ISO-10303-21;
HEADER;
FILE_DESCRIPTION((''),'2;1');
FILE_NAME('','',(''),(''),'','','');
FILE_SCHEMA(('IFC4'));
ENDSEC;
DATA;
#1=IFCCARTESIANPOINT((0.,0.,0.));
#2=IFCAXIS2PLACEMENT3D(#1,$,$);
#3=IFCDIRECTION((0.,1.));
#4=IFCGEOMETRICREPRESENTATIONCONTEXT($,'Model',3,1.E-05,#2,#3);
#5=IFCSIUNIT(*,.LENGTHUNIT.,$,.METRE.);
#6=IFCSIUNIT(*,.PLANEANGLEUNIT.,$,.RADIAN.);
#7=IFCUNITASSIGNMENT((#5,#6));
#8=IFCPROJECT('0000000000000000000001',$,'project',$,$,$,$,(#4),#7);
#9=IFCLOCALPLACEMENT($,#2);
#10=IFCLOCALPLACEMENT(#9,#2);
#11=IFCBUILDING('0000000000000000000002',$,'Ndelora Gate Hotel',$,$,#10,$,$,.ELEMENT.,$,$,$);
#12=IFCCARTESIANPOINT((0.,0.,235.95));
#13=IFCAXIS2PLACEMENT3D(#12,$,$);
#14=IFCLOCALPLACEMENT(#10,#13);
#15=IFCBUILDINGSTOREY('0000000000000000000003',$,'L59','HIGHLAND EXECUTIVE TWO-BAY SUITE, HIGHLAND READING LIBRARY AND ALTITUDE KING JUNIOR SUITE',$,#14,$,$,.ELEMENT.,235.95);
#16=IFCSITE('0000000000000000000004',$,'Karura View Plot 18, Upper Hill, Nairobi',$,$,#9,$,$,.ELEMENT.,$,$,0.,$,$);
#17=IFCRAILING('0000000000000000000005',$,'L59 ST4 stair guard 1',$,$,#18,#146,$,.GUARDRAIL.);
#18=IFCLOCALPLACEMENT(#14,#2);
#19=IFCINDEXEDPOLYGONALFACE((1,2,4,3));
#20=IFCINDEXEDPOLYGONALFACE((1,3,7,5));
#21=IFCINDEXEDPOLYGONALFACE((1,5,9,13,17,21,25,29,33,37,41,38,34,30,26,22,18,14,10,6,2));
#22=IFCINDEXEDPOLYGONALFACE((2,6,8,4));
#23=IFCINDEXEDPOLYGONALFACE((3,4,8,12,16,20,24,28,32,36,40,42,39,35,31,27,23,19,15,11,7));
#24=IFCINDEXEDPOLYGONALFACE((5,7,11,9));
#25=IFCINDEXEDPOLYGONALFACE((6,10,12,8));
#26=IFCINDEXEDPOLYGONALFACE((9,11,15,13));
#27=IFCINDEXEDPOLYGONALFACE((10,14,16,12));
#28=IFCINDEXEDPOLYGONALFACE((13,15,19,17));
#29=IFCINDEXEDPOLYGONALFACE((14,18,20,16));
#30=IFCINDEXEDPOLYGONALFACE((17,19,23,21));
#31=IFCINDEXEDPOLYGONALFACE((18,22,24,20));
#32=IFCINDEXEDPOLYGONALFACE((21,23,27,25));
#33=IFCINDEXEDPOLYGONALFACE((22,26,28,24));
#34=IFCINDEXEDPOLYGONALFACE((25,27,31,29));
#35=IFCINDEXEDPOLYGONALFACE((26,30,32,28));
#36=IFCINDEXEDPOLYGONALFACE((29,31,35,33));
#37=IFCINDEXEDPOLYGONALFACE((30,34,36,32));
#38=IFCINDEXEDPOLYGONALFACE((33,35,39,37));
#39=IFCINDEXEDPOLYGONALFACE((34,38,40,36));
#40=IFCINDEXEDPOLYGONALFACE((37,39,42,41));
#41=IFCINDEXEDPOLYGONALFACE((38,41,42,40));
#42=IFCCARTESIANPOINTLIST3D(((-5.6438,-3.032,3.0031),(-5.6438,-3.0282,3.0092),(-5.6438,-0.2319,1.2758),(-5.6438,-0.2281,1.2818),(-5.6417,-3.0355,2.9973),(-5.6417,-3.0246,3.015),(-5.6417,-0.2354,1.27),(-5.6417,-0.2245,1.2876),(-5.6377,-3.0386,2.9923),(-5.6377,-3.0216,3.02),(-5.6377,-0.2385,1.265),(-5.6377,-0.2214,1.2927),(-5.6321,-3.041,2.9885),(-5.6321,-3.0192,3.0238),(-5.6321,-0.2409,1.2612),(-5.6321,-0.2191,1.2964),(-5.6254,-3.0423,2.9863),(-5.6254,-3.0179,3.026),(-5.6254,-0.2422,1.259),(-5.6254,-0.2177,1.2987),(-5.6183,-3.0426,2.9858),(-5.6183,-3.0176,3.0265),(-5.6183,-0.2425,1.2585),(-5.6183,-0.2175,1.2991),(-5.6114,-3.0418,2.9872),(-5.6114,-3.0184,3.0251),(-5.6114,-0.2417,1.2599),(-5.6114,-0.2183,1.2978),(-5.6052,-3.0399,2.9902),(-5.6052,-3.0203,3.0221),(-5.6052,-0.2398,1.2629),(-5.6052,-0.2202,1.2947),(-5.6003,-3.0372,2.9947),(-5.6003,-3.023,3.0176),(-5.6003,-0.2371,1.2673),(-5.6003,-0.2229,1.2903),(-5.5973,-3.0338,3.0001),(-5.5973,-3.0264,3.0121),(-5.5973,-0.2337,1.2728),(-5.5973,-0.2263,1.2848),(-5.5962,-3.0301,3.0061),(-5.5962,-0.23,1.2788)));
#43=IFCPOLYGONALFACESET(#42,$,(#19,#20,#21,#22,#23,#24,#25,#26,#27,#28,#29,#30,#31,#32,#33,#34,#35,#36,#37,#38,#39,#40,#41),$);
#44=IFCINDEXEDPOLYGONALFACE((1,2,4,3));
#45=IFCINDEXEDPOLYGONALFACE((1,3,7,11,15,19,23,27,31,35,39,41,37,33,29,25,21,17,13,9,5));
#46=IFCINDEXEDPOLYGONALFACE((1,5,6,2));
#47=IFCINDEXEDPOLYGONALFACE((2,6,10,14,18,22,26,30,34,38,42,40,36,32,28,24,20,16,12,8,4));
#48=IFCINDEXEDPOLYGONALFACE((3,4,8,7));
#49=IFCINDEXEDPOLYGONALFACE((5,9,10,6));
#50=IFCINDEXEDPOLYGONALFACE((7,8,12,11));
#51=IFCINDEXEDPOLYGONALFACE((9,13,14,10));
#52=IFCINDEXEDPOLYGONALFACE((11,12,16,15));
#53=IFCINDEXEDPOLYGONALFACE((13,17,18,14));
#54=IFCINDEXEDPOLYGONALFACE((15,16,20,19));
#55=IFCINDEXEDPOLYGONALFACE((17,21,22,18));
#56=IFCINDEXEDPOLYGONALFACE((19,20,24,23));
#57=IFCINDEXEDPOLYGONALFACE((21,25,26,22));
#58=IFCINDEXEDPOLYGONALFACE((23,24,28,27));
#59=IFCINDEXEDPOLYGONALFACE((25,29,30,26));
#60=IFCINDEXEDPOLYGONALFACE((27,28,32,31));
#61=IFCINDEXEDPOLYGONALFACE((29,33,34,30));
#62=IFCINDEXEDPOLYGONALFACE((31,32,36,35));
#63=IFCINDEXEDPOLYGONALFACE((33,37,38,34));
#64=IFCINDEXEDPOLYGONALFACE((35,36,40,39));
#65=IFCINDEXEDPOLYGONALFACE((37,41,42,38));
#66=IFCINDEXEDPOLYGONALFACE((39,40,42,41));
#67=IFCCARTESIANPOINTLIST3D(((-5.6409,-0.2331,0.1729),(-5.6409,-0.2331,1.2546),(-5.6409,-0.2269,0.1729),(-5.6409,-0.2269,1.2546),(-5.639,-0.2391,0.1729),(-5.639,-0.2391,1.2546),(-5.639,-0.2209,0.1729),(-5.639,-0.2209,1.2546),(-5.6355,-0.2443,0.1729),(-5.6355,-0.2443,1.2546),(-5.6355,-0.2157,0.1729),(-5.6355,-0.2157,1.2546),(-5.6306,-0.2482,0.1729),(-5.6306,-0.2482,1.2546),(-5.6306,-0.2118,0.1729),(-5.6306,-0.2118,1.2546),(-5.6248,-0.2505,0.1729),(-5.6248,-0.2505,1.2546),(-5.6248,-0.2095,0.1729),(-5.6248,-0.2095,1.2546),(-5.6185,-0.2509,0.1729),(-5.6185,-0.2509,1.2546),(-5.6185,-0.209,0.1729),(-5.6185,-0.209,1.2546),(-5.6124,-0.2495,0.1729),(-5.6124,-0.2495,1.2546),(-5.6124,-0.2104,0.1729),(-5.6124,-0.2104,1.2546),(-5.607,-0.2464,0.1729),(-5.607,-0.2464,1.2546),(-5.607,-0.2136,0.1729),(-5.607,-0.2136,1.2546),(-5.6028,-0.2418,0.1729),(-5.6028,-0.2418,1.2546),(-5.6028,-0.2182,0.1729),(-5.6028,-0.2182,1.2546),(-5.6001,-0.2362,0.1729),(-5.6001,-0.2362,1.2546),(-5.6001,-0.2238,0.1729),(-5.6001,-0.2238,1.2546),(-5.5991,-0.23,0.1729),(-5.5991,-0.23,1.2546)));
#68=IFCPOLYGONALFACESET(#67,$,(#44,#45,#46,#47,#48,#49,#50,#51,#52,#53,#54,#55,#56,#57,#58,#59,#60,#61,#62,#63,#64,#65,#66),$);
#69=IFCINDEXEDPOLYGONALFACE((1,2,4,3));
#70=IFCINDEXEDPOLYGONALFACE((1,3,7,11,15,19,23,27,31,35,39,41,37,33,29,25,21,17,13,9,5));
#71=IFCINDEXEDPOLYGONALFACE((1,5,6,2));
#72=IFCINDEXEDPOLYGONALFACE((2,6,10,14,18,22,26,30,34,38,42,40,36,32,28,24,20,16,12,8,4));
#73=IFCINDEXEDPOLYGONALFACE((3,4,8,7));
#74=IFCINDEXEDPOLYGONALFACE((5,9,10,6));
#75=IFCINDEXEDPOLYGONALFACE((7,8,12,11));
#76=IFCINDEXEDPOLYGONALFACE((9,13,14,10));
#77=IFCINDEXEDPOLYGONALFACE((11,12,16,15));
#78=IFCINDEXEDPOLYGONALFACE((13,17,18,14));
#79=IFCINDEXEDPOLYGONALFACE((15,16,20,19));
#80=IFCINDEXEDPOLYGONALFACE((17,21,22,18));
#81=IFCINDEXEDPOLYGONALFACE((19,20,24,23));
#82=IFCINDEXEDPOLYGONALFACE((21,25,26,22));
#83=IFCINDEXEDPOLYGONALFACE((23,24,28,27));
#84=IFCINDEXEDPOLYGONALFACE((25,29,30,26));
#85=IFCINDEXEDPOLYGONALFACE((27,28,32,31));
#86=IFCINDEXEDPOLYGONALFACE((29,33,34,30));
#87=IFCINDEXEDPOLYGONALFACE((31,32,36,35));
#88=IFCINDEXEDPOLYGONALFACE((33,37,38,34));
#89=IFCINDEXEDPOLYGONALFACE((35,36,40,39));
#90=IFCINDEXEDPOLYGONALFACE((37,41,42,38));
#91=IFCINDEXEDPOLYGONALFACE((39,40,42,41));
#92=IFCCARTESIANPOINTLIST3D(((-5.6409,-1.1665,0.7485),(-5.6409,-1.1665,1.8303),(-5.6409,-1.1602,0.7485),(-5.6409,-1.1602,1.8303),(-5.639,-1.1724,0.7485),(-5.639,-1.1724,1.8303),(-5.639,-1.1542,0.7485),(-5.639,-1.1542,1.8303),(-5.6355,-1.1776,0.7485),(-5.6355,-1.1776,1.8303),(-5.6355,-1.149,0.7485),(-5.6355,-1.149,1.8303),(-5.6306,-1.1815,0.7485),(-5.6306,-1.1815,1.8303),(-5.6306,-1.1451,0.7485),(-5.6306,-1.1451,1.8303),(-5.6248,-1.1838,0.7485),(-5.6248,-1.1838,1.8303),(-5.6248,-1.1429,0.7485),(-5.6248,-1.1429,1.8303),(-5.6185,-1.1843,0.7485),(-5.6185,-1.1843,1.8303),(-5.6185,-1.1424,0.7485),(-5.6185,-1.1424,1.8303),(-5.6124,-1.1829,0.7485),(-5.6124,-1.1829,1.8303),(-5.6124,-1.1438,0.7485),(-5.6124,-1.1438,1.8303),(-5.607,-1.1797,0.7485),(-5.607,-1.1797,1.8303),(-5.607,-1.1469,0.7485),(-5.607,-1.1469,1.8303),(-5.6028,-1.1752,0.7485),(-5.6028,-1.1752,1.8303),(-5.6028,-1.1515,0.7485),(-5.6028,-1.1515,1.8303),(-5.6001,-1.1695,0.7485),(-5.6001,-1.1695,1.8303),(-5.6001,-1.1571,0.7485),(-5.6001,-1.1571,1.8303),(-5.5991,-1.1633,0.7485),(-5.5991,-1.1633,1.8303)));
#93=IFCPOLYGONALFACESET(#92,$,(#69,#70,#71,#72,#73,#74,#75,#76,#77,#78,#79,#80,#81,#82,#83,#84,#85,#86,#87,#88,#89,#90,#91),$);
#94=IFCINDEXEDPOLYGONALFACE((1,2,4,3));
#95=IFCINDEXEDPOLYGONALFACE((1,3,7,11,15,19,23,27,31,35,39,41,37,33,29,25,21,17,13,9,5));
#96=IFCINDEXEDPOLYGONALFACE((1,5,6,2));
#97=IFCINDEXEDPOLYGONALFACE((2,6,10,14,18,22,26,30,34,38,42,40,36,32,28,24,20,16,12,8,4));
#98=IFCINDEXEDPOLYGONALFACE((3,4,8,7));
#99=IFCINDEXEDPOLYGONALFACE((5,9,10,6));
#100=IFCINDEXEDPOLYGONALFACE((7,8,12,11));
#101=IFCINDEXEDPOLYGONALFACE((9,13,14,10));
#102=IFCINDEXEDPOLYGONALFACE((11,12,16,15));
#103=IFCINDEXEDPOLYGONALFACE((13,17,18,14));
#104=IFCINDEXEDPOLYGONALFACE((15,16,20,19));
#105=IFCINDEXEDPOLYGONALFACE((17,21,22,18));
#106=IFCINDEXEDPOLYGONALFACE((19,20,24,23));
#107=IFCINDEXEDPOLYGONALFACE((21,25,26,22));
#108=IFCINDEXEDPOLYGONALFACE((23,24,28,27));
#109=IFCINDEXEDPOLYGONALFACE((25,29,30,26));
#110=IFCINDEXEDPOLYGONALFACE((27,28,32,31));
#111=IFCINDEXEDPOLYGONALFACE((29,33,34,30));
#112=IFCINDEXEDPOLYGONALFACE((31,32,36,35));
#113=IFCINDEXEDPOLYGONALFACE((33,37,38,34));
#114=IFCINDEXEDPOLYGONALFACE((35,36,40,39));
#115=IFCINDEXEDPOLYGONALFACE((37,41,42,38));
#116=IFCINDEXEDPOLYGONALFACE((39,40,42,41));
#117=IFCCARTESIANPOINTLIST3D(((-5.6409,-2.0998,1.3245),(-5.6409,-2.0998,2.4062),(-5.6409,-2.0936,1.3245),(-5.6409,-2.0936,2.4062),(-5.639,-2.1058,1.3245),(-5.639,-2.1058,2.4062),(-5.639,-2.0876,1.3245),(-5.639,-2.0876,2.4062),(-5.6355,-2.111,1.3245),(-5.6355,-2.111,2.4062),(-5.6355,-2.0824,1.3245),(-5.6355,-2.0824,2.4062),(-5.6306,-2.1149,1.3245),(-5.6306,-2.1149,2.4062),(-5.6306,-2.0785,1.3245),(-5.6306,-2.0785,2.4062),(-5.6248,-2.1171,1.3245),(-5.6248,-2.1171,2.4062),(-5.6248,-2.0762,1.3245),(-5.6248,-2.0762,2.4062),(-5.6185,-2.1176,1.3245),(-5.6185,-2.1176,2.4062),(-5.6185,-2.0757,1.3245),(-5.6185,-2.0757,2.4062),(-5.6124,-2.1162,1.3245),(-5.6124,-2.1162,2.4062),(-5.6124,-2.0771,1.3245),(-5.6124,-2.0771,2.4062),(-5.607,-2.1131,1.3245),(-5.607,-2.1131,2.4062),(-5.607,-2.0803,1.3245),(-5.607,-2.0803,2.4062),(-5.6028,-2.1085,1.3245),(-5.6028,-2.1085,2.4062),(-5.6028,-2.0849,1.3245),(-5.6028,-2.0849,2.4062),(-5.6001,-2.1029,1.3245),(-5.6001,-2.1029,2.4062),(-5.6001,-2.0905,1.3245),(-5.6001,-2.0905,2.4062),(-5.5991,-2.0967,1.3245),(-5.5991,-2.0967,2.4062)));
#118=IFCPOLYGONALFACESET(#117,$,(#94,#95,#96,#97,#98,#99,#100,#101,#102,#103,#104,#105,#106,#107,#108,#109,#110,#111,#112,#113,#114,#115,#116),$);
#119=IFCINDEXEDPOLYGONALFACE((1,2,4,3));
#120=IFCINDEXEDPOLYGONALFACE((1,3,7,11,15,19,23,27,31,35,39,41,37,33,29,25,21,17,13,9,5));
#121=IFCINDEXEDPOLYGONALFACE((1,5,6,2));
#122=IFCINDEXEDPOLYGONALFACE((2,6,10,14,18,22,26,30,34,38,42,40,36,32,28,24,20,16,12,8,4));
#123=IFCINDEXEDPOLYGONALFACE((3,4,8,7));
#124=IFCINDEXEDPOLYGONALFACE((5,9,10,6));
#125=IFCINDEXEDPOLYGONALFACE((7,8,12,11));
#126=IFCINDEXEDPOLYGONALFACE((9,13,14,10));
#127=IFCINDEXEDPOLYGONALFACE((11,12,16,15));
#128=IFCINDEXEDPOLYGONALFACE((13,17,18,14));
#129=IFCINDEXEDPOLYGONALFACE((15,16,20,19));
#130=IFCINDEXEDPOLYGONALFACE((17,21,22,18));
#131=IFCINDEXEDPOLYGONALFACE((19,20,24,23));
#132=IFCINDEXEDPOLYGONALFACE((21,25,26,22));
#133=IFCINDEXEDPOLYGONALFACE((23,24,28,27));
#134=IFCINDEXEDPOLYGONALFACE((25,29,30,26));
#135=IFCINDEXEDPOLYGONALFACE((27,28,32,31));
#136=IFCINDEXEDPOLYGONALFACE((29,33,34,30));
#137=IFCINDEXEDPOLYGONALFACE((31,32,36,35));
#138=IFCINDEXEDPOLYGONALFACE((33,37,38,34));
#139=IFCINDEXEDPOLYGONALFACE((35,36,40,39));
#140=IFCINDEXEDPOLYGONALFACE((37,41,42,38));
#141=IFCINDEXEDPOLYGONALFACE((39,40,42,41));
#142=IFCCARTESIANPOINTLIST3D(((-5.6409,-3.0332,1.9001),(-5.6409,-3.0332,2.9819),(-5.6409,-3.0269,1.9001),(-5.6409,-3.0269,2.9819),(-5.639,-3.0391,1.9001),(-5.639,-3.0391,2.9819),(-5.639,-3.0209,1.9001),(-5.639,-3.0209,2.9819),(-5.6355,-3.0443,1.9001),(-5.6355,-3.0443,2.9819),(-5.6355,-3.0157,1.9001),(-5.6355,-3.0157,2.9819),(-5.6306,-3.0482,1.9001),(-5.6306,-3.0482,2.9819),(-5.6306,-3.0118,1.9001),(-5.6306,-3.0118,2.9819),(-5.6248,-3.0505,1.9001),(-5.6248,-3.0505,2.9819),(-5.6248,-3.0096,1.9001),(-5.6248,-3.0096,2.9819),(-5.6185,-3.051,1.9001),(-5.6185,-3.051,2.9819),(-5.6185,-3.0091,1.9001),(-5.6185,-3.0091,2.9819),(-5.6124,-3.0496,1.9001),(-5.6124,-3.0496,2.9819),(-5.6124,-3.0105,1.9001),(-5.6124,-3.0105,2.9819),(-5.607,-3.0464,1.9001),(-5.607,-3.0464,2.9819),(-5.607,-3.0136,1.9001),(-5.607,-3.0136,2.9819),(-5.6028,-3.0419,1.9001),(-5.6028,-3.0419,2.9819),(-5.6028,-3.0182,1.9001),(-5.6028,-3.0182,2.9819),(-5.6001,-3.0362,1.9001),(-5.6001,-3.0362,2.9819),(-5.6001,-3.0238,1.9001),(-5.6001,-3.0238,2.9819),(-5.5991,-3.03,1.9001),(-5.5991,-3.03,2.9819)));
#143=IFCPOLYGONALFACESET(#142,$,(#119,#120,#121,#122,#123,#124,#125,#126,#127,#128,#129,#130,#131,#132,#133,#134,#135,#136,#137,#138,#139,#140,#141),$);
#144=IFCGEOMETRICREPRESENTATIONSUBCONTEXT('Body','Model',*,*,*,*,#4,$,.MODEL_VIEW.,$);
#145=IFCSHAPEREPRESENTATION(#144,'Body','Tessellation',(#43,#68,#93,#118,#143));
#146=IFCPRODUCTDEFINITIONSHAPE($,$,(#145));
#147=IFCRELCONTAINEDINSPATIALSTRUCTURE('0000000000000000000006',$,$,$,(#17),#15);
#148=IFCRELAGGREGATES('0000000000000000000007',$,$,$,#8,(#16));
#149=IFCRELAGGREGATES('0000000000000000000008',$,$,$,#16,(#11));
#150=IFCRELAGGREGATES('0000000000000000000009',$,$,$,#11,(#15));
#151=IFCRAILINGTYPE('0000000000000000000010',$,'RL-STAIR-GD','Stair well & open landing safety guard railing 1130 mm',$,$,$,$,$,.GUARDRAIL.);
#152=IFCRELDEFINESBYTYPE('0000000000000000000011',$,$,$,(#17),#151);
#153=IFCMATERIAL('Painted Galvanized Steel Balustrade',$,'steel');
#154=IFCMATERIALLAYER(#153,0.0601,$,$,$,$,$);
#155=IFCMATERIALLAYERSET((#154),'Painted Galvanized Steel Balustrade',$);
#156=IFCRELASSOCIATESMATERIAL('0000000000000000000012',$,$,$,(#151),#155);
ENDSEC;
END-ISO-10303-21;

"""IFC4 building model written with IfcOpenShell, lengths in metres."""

from ifc_helpers import new_model, si_unit, direction, frame, origin, origin_2d, place, context, subcontext, project, spatial, circle, extrude, material, layer, layer_set, type_object, element, save


model = new_model("IFC4")

# Units and contexts
model_context = context("Model", 3, precision=1e-05, world=origin(), true_north=direction((0.0, 1.0)))
body_context = subcontext(model_context, "Body", "Model", "MODEL_VIEW")
ifc_project = project(units=[si_unit("LENGTHUNIT", "METRE"), si_unit("PLANEANGLEUNIT", "RADIAN")], contexts=[model_context])

# Site, building, storey
site_placement = place(None, origin())
site = spatial("IfcSite", under=ifc_project, at=site_placement, Name="Karura View Plot 18, Upper Hill, Nairobi", CompositionType="ELEMENT", RefElevation=0.0)
building_placement = place(site_placement, origin())
building = spatial("IfcBuilding", under=site, at=building_placement, Name="Ndelora Gate Hotel", CompositionType="ELEMENT")
storey_placement = place(building_placement, frame((0.0, 0.0, 235.95)))
storey = spatial("IfcBuildingStorey", under=building, at=storey_placement, Name="L59", Description="HIGHLAND EXECUTIVE TWO-BAY SUITE, HIGHLAND READING LIBRARY AND ALTITUDE KING JUNIOR SUITE", CompositionType="ELEMENT", Elevation=235.95)

# Railing
ifc_material_1 = material(Name="Painted Galvanized Steel Balustrade", Category="steel")
ifc_layer_1 = layer(ifc_material_1, 0.0601)
ifc_layer_set_1 = layer_set([ifc_layer_1], Name="Painted Galvanized Steel Balustrade")
railing_type_1 = type_object("IfcRailingType", Name="RL-STAIR-GD", Description="Stair well & open landing safety guard railing 1130 mm", PredefinedType="GUARDRAIL", material=ifc_layer_set_1)
railing_1_placement = place(storey_placement, frame((-5.6201, -0.23, 0.1729)))
element("IfcRailing", 1, at=railing_1_placement, inside=storey, type_object=railing_type_1, Name="L59 ST4 stair guard 1", PredefinedType="GUARDRAIL", context=body_context, shape_type="SweptSolid", body=[
    extrude(circle(Radius=0.0239, at=origin_2d()), frame((0.0, 0.0, 1.106), z_axis=(0.0, -0.85109, 0.52502), x_axis=(1.0, 0.0, 0.0)), (0.0, 0.0, 1.0), 3.29),
    extrude(circle(Radius=0.021, at=origin_2d()), origin(), (0.0, 0.0, 1.0), 1.0818),
    extrude(circle(Radius=0.021, at=origin_2d()), frame((0.0, -0.9333, 0.5757)), (0.0, 0.0, 1.0), 1.0818),
    extrude(circle(Radius=0.021, at=origin_2d()), frame((0.0, -1.8667, 1.1516)), (0.0, 0.0, 1.0), 1.0818),
    extrude(circle(Radius=0.021, at=origin_2d()), frame((0.0, -2.8, 1.7273)), (0.0, 0.0, 1.0), 1.0818),
])

save(model, "model.ifc")
